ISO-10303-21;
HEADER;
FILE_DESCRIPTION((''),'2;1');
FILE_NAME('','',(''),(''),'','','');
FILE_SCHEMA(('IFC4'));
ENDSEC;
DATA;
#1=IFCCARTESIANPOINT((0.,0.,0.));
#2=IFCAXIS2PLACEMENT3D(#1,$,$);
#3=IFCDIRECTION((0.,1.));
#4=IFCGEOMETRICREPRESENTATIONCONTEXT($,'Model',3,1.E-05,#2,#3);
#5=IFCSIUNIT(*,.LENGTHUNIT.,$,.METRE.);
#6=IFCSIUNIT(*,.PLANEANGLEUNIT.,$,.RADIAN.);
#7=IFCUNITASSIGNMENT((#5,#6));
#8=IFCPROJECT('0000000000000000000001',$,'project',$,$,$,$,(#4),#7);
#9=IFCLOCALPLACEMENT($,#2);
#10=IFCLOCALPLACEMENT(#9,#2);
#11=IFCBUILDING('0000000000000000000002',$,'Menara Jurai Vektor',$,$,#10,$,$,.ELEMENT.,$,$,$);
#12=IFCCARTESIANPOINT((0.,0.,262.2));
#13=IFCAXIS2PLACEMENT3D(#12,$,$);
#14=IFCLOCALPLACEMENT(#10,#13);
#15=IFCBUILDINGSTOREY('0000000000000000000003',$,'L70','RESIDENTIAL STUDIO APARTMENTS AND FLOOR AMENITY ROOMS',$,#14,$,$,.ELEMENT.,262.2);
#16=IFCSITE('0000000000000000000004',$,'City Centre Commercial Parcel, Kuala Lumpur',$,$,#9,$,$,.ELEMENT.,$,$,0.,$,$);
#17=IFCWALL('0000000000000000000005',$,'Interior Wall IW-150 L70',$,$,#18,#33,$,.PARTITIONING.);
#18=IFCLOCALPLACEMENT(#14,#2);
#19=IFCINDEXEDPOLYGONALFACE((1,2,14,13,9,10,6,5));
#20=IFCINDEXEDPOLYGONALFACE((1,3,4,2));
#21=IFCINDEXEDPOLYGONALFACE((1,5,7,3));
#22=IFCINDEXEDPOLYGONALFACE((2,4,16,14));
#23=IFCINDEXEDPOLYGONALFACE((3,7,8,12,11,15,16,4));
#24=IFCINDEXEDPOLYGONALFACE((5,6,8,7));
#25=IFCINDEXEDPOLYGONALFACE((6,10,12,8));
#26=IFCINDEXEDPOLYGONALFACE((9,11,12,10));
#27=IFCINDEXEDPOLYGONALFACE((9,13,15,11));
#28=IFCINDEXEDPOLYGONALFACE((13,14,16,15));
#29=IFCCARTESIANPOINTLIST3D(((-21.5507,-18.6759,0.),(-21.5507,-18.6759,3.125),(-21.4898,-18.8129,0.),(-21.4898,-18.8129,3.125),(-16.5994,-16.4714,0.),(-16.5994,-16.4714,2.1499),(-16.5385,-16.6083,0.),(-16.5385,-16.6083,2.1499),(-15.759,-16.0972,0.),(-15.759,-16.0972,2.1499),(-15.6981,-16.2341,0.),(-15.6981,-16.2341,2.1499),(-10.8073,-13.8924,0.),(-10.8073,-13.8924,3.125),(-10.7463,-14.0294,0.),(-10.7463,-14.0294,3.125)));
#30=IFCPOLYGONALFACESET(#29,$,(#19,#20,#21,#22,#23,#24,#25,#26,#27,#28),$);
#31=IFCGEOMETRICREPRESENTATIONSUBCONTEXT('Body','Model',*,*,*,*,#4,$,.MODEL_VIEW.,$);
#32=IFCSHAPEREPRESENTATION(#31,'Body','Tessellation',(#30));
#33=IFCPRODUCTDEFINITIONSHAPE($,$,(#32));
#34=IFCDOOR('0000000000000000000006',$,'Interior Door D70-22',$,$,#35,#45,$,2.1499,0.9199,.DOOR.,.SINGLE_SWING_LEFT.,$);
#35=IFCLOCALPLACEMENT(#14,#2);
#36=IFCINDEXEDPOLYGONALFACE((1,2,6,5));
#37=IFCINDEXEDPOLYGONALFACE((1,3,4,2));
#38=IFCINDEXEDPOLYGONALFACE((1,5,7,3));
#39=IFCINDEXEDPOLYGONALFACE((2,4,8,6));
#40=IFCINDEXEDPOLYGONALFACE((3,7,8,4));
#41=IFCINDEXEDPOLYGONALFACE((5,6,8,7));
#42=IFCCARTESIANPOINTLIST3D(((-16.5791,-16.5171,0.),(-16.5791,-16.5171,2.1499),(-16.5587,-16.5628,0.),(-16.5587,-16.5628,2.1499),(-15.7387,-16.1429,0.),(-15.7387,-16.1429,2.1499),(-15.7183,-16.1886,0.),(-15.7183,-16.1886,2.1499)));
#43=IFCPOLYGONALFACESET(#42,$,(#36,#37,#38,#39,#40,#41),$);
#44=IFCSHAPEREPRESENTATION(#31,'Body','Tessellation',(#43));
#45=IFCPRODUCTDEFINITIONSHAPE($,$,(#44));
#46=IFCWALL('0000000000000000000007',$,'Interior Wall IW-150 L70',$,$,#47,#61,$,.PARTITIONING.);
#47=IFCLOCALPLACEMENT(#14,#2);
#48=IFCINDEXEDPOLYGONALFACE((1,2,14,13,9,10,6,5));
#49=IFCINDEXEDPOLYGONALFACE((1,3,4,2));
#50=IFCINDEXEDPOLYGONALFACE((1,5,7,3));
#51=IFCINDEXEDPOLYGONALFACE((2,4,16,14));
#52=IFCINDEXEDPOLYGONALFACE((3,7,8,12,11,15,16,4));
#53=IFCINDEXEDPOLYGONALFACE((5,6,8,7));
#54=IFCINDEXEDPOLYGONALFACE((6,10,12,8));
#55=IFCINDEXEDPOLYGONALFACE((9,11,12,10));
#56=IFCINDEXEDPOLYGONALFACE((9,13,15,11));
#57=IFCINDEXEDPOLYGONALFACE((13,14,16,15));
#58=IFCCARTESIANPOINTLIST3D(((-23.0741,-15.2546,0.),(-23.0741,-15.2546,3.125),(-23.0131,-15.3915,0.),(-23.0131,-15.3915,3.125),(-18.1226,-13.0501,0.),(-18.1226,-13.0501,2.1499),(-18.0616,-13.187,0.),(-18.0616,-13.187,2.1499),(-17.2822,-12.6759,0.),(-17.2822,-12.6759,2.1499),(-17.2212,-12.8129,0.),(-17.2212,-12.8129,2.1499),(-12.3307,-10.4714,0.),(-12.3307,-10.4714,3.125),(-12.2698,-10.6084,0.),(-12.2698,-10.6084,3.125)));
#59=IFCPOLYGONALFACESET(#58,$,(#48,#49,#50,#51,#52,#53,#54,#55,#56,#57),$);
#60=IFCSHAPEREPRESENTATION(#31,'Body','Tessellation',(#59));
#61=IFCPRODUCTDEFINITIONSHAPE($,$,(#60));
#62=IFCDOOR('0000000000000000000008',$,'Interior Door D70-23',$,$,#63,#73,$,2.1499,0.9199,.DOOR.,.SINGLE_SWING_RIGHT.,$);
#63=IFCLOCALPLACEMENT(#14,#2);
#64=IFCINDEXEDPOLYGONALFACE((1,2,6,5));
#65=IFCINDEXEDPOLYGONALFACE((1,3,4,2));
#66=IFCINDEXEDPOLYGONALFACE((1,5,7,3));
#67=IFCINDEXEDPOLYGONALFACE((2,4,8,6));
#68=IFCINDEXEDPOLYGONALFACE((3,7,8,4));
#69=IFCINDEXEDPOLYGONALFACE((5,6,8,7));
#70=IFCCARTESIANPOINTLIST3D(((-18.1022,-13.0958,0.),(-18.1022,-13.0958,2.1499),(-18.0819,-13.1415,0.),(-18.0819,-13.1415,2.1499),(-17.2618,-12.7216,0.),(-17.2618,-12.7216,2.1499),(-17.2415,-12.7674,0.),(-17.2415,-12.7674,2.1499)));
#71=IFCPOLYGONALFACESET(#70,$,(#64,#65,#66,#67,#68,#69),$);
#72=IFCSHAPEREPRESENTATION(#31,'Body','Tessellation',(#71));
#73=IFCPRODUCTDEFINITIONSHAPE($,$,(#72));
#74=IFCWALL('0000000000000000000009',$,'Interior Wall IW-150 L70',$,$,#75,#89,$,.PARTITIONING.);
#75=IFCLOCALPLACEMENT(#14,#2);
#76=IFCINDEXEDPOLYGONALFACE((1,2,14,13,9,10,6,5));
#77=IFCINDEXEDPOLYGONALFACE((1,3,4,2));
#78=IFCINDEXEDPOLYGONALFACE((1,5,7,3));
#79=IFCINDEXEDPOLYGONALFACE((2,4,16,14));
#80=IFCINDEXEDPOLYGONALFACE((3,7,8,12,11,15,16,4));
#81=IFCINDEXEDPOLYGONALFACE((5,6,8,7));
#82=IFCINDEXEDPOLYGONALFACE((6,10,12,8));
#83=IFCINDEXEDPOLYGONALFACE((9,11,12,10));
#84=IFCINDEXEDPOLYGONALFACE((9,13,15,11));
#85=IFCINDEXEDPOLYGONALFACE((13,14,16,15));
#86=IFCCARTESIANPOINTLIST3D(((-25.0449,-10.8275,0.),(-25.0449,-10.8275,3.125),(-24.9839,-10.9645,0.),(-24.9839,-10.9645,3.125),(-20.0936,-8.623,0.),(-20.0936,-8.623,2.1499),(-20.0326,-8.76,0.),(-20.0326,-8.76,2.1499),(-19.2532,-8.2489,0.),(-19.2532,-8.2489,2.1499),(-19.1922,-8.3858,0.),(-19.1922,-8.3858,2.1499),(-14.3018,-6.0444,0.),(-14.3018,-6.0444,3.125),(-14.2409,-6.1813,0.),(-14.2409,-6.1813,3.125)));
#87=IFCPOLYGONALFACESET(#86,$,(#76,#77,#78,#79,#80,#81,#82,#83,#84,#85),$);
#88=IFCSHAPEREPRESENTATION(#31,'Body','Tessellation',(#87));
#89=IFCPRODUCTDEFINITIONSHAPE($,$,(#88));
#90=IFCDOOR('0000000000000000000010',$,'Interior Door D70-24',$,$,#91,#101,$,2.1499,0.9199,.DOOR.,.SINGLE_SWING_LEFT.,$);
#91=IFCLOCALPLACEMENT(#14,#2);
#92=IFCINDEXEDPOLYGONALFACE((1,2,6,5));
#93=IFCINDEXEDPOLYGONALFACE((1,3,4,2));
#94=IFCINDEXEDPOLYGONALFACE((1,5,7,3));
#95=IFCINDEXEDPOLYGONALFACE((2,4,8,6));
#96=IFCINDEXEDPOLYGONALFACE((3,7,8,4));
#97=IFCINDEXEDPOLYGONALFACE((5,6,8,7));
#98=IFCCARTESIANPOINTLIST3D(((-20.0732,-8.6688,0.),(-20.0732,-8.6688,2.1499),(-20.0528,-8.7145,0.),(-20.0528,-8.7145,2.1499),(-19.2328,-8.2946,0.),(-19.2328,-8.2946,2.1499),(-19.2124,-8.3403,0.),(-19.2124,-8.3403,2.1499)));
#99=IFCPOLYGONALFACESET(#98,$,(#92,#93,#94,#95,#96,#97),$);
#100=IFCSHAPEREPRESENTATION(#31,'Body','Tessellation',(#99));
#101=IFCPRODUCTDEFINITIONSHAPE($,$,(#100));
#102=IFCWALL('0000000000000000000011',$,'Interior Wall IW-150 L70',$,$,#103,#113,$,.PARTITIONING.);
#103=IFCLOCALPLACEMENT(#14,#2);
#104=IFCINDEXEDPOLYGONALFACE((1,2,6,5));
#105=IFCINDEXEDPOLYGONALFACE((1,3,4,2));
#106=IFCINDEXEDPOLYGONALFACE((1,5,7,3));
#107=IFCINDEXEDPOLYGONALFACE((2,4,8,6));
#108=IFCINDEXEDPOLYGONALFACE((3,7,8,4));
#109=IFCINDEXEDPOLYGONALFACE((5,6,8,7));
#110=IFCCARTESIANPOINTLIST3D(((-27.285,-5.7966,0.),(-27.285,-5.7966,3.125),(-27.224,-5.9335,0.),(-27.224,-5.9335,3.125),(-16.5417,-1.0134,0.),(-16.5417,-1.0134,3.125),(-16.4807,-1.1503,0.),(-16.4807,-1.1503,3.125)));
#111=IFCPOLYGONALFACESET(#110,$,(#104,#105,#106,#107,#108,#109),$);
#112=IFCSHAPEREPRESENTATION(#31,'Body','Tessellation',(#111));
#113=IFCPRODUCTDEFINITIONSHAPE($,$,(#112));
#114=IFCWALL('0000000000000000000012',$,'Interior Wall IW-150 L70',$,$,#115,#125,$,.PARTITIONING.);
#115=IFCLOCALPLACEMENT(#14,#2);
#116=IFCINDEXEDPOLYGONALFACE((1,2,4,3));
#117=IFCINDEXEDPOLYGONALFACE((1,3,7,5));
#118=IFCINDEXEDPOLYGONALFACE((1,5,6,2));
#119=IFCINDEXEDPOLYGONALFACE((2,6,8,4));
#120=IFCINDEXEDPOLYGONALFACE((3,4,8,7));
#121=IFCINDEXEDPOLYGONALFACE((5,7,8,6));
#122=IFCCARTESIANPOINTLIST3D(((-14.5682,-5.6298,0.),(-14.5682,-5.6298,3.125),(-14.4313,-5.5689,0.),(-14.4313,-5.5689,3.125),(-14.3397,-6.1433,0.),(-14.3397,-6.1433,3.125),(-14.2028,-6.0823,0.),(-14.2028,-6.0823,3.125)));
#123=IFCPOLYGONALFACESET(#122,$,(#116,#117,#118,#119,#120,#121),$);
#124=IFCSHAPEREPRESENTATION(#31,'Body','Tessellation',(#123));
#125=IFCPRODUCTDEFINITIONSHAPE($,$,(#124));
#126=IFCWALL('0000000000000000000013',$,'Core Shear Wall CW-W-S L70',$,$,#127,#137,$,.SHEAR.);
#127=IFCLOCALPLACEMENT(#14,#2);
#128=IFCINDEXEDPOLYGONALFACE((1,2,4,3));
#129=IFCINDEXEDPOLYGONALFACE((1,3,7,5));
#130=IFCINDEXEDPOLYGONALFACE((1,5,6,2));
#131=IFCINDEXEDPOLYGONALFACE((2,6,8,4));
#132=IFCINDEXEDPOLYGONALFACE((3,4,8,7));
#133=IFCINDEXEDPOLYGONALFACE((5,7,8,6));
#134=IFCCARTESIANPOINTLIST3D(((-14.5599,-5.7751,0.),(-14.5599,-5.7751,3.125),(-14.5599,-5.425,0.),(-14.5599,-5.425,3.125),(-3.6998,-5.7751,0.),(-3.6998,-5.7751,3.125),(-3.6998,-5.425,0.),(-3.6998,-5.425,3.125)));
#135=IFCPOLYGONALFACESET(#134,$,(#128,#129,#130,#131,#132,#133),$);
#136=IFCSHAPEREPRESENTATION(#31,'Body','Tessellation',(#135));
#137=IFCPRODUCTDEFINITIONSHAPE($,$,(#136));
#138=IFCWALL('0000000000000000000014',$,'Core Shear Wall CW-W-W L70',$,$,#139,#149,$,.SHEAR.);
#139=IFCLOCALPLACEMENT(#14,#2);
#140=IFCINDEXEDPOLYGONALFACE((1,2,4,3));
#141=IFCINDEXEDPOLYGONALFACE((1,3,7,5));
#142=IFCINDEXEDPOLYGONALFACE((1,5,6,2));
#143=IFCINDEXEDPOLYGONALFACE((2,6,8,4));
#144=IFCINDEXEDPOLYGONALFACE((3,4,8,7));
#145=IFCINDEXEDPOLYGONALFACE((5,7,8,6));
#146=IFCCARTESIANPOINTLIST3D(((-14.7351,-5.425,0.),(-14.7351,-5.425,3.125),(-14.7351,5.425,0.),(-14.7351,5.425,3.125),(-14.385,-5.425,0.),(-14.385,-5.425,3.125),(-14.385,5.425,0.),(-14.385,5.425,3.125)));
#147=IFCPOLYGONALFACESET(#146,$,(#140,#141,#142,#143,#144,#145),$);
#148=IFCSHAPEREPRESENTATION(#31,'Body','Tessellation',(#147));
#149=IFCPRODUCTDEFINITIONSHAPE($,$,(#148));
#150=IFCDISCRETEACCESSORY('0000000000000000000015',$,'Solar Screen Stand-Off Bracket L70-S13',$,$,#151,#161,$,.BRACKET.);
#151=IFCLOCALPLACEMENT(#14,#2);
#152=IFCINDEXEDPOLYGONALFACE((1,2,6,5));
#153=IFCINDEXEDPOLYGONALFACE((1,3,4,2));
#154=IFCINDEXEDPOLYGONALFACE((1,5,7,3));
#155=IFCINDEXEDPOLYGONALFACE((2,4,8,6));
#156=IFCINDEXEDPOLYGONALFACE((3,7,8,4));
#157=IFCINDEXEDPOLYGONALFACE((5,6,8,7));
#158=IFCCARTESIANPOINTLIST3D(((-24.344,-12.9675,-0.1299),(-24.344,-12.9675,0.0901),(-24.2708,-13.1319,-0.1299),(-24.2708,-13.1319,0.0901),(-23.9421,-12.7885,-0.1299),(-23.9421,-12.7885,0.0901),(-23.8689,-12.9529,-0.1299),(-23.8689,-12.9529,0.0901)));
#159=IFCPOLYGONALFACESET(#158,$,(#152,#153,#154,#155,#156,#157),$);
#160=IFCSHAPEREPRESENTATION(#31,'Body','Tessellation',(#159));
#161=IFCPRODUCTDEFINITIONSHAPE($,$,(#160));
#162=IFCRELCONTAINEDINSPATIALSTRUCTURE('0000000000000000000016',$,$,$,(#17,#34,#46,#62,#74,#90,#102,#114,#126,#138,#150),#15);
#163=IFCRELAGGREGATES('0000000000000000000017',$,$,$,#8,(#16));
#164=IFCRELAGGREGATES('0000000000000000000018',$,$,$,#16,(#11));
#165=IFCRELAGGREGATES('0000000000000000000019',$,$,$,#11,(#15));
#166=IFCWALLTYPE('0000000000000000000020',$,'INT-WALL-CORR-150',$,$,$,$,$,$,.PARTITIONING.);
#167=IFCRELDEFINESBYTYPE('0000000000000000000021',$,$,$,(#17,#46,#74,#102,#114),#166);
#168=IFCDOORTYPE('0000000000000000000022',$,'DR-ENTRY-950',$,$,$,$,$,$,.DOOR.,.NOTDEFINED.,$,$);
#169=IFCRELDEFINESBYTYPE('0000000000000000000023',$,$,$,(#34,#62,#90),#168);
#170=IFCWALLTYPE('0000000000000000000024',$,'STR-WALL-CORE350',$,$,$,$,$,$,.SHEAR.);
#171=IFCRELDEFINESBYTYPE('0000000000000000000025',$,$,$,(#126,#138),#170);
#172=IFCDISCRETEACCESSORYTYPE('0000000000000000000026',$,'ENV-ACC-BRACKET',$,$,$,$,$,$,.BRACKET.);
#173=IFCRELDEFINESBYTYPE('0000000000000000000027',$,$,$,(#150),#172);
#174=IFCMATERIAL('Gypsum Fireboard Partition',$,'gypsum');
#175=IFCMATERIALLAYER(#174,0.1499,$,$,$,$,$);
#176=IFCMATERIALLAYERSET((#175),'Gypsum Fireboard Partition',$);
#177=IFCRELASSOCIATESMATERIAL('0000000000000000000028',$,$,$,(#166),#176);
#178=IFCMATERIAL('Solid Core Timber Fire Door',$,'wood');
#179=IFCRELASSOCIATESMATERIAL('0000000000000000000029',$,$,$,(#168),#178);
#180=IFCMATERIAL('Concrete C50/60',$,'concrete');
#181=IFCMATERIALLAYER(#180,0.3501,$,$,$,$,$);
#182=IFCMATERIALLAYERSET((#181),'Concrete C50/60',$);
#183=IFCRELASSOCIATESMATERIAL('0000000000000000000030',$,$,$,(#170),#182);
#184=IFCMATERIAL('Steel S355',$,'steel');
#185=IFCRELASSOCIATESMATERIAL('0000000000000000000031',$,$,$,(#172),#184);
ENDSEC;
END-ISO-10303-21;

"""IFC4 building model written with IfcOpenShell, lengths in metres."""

from ifc_helpers import new_model, si_unit, direction, frame, frame_2d, origin, origin_2d, place, context, subcontext, project, spatial, rectangle, extrude, material, layer, layer_set, type_object, element, fill, save


model = new_model("IFC4")

# Units and contexts
model_context = context("Model", 3, precision=1e-05, world=origin(), true_north=direction((0.0, 1.0)))
body_context = subcontext(model_context, "Body", "Model", "MODEL_VIEW")
ifc_project = project(units=[si_unit("LENGTHUNIT", "METRE"), si_unit("PLANEANGLEUNIT", "RADIAN")], contexts=[model_context])

# Site, building, storey
site_placement = place(None, origin())
site = spatial("IfcSite", under=ifc_project, at=site_placement, Name="City Centre Commercial Parcel, Kuala Lumpur", CompositionType="ELEMENT", RefElevation=0.0)
building_placement = place(site_placement, origin())
building = spatial("IfcBuilding", under=site, at=building_placement, Name="Menara Jurai Vektor", CompositionType="ELEMENT")
storey_placement = place(building_placement, frame((0.0, 0.0, 262.2)))
storey = spatial("IfcBuildingStorey", under=building, at=storey_placement, Name="L70", Description="RESIDENTIAL STUDIO APARTMENTS AND FLOOR AMENITY ROOMS", CompositionType="ELEMENT", Elevation=262.2)

# Shared definitions
ifc_material_1 = material(Name="Concrete C50/60", Category="concrete")

# Shared definitions
ifc_material_2 = material(Name="Steel S355", Category="steel")

# Shared definitions
ifc_material_3 = material(Name="Gypsum Fireboard Partition", Category="gypsum")
ifc_layer_1 = layer(ifc_material_3, 0.1499)
ifc_layer_set_1 = layer_set([ifc_layer_1], Name="Gypsum Fireboard Partition")
wall_type_1 = type_object("IfcWallType", Name="INT-WALL-CORR-150", PredefinedType="PARTITIONING", material=ifc_layer_set_1)

# Walls, openings, doors
wall_1_placement = place(storey_placement, frame((-21.5203, -18.7444, 0.0), z_axis=(0.0, 0.0, 1.0), x_axis=(0.91354, 0.406749, 0.0)))
wall_1 = element("IfcWall", 1, at=wall_1_placement, inside=storey, type_object=wall_type_1, Name="Interior Wall IW-150 L70", PredefinedType="PARTITIONING", context=body_context, shape_type="SweptSolid", body=[
    extrude(rectangle(XDim=11.7603, YDim=0.1499, at=frame_2d((5.8801, 0.0))), origin(), (0.0, 0.0, 1.0), 3.125),
])
opening_1_placement = place(wall_1_placement, frame((5.4199, 0.0, 0.0)))
opening_1 = element("IfcOpeningElement", 2, at=opening_1_placement, cuts=wall_1, PredefinedType="OPENING", context=body_context, shape_type="SweptSolid", body=[
    extrude(rectangle(XDim=0.9199, YDim=2.1499, at=frame_2d((0.46, 1.075))), frame((0.0, 0.085, 0.0), z_axis=(0.0, -1.0, 0.0), x_axis=(1.0, 0.0, 0.0)), (0.0, 0.0, 1.0), 0.1699),
])
ifc_material_4 = material(Name="Solid Core Timber Fire Door", Category="wood")
door_type = type_object("IfcDoorType", Name="DR-ENTRY-950", OperationType="NOTDEFINED", PredefinedType="DOOR", material=ifc_material_4)
door_1_placement = place(opening_1_placement, origin())
door_1 = element("IfcDoor", 3, at=door_1_placement, inside=storey, type_object=door_type, Name="Interior Door D70-22", OperationType="SINGLE_SWING_LEFT", OverallHeight=2.1499, OverallWidth=0.9199, PredefinedType="DOOR", context=body_context, shape_type="SweptSolid", body=[
    extrude(rectangle(XDim=0.9199, YDim=2.1499, at=frame_2d((0.46, 1.075))), frame((0.0, 0.0249, 0.0), z_axis=(0.0, -1.0, 0.0), x_axis=(1.0, 0.0, 0.0)), (0.0, 0.0, 1.0), 0.05),
])
fill(opening_1, door_1)
wall_2_placement = place(storey_placement, frame((-23.0435, -15.323, 0.0), z_axis=(0.0, 0.0, 1.0), x_axis=(0.913548, 0.406732, 0.0)))
wall_2 = element("IfcWall", 4, at=wall_2_placement, inside=storey, type_object=wall_type_1, Name="Interior Wall IW-150 L70", PredefinedType="PARTITIONING", context=body_context, shape_type="SweptSolid", body=[
    extrude(rectangle(XDim=11.76, YDim=0.1499, at=frame_2d((5.8799, 0.0))), origin(), (0.0, 0.0, 1.0), 3.125),
])
opening_2_placement = place(wall_2_placement, frame((5.4199, 0.0, 0.0)))
opening_2 = element("IfcOpeningElement", 5, at=opening_2_placement, cuts=wall_2, PredefinedType="OPENING", context=body_context, shape_type="SweptSolid", body=[
    extrude(rectangle(XDim=0.9199, YDim=2.1499, at=frame_2d((0.46, 1.075))), frame((0.0, 0.085, 0.0), z_axis=(0.0, -1.0, 0.0), x_axis=(1.0, 0.0, 0.0)), (0.0, 0.0, 1.0), 0.1699),
])
door_2_placement = place(opening_2_placement, origin())
door_2 = element("IfcDoor", 6, at=door_2_placement, inside=storey, type_object=door_type, Name="Interior Door D70-23", OperationType="SINGLE_SWING_RIGHT", OverallHeight=2.1499, OverallWidth=0.9199, PredefinedType="DOOR", context=body_context, shape_type="SweptSolid", body=[
    extrude(rectangle(XDim=0.9199, YDim=2.1499, at=frame_2d((0.46, 1.075))), frame((0.0, 0.0249, 0.0), z_axis=(0.0, -1.0, 0.0), x_axis=(1.0, 0.0, 0.0)), (0.0, 0.0, 1.0), 0.05),
])
fill(opening_2, door_2)
wall_3_placement = place(storey_placement, frame((-25.0144, -10.896, 0.0), z_axis=(0.0, 0.0, 1.0), x_axis=(0.913544, 0.406739, 0.0)))
wall_3 = element("IfcWall", 7, at=wall_3_placement, inside=storey, type_object=wall_type_1, Name="Interior Wall IW-150 L70", PredefinedType="PARTITIONING", context=body_context, shape_type="SweptSolid", body=[
    extrude(rectangle(XDim=11.7598, YDim=0.1499, at=frame_2d((5.8799, 0.0))), origin(), (0.0, 0.0, 1.0), 3.125),
])
opening_3_placement = place(wall_3_placement, frame((5.4199, 0.0, 0.0)))
opening_3 = element("IfcOpeningElement", 8, at=opening_3_placement, cuts=wall_3, PredefinedType="OPENING", context=body_context, shape_type="SweptSolid", body=[
    extrude(rectangle(XDim=0.9199, YDim=2.1499, at=frame_2d((0.46, 1.075))), frame((0.0, 0.085, 0.0), z_axis=(0.0, -1.0, 0.0), x_axis=(1.0, 0.0, 0.0)), (0.0, 0.0, 1.0), 0.1699),
])
door_3_placement = place(opening_3_placement, origin())
door_3 = element("IfcDoor", 9, at=door_3_placement, inside=storey, type_object=door_type, Name="Interior Door D70-24", OperationType="SINGLE_SWING_LEFT", OverallHeight=2.1499, OverallWidth=0.9199, PredefinedType="DOOR", context=body_context, shape_type="SweptSolid", body=[
    extrude(rectangle(XDim=0.9199, YDim=2.1499, at=frame_2d((0.46, 1.075))), frame((0.0, 0.0249, 0.0), z_axis=(0.0, -1.0, 0.0), x_axis=(1.0, 0.0, 0.0)), (0.0, 0.0, 1.0), 0.05),
])
fill(opening_3, door_3)

# Walls
wall_4_placement = place(storey_placement, frame((-27.2544, -5.865, 0.0), z_axis=(0.0, 0.0, 1.0), x_axis=(0.913548, 0.406732, 0.0)))
element("IfcWall", 10, at=wall_4_placement, inside=storey, type_object=wall_type_1, Name="Interior Wall IW-150 L70", PredefinedType="PARTITIONING", context=body_context, shape_type="SweptSolid", body=[
    extrude(rectangle(XDim=11.76, YDim=0.1499, at=frame_2d((5.8799, 0.0))), origin(), (0.0, 0.0, 1.0), 3.125),
])
wall_5_placement = place(storey_placement, frame((-14.2712, -6.1128, 0.0), z_axis=(0.0, 0.0, 1.0), x_axis=(-0.406622, 0.913596, 0.0)))
element("IfcWall", 11, at=wall_5_placement, inside=storey, type_object=wall_type_1, Name="Interior Wall IW-150 L70", PredefinedType="PARTITIONING", context=body_context, shape_type="SweptSolid", body=[
    extrude(rectangle(XDim=0.562, YDim=0.1499, at=frame_2d((0.281, 0.0))), origin(), (0.0, 0.0, 1.0), 3.125),
])
ifc_layer_2 = layer(ifc_material_1, 0.3501)
ifc_layer_set_2 = layer_set([ifc_layer_2], Name="Concrete C50/60")
wall_type_2 = type_object("IfcWallType", Name="STR-WALL-CORE350", PredefinedType="SHEAR", material=ifc_layer_set_2)
wall_6_placement = place(storey_placement, frame((-14.5601, -5.6001, 0.0), z_axis=(0.0, 0.0, 1.0), x_axis=(1.0, 0.0, 0.0)))
element("IfcWall", 12, at=wall_6_placement, inside=storey, type_object=wall_type_2, Name="Core Shear Wall CW-W-S L70", PredefinedType="SHEAR", context=body_context, shape_type="SweptSolid", body=[
    extrude(rectangle(XDim=10.8601, YDim=0.3501, at=frame_2d((5.4302, 0.0))), origin(), (0.0, 0.0, 1.0), 3.125),
])
wall_7_placement = place(storey_placement, frame((-14.5601, -5.425, 0.0), z_axis=(0.0, 0.0, 1.0), x_axis=(0.0, 1.0, 0.0)))
element("IfcWall", 13, at=wall_7_placement, inside=storey, type_object=wall_type_2, Name="Core Shear Wall CW-W-W L70", PredefinedType="SHEAR", context=body_context, shape_type="SweptSolid", body=[
    extrude(rectangle(XDim=10.8501, YDim=0.3501, at=frame_2d((5.425, 0.0))), origin(), (0.0, 0.0, 1.0), 3.125),
])

# Discrete accessory
discrete_accessory_type = type_object("IfcDiscreteAccessoryType", Name="ENV-ACC-BRACKET", PredefinedType="BRACKET", material=ifc_material_2)
discrete_accessory_placement = place(storey_placement, frame((-24.1064, -12.9602, -0.1299), z_axis=(0.0, 0.0, 1.0), x_axis=(0.406737, -0.913545, 0.0)))
element("IfcDiscreteAccessory", 14, at=discrete_accessory_placement, inside=storey, type_object=discrete_accessory_type, Name="Solar Screen Stand-Off Bracket L70-S13", PredefinedType="BRACKET", context=body_context, shape_type="SweptSolid", body=[
    extrude(rectangle(XDim=0.1799, YDim=0.4399, at=origin_2d()), origin(), (0.0, 0.0, 1.0), 0.22),
])

save(model, "model.ifc")
